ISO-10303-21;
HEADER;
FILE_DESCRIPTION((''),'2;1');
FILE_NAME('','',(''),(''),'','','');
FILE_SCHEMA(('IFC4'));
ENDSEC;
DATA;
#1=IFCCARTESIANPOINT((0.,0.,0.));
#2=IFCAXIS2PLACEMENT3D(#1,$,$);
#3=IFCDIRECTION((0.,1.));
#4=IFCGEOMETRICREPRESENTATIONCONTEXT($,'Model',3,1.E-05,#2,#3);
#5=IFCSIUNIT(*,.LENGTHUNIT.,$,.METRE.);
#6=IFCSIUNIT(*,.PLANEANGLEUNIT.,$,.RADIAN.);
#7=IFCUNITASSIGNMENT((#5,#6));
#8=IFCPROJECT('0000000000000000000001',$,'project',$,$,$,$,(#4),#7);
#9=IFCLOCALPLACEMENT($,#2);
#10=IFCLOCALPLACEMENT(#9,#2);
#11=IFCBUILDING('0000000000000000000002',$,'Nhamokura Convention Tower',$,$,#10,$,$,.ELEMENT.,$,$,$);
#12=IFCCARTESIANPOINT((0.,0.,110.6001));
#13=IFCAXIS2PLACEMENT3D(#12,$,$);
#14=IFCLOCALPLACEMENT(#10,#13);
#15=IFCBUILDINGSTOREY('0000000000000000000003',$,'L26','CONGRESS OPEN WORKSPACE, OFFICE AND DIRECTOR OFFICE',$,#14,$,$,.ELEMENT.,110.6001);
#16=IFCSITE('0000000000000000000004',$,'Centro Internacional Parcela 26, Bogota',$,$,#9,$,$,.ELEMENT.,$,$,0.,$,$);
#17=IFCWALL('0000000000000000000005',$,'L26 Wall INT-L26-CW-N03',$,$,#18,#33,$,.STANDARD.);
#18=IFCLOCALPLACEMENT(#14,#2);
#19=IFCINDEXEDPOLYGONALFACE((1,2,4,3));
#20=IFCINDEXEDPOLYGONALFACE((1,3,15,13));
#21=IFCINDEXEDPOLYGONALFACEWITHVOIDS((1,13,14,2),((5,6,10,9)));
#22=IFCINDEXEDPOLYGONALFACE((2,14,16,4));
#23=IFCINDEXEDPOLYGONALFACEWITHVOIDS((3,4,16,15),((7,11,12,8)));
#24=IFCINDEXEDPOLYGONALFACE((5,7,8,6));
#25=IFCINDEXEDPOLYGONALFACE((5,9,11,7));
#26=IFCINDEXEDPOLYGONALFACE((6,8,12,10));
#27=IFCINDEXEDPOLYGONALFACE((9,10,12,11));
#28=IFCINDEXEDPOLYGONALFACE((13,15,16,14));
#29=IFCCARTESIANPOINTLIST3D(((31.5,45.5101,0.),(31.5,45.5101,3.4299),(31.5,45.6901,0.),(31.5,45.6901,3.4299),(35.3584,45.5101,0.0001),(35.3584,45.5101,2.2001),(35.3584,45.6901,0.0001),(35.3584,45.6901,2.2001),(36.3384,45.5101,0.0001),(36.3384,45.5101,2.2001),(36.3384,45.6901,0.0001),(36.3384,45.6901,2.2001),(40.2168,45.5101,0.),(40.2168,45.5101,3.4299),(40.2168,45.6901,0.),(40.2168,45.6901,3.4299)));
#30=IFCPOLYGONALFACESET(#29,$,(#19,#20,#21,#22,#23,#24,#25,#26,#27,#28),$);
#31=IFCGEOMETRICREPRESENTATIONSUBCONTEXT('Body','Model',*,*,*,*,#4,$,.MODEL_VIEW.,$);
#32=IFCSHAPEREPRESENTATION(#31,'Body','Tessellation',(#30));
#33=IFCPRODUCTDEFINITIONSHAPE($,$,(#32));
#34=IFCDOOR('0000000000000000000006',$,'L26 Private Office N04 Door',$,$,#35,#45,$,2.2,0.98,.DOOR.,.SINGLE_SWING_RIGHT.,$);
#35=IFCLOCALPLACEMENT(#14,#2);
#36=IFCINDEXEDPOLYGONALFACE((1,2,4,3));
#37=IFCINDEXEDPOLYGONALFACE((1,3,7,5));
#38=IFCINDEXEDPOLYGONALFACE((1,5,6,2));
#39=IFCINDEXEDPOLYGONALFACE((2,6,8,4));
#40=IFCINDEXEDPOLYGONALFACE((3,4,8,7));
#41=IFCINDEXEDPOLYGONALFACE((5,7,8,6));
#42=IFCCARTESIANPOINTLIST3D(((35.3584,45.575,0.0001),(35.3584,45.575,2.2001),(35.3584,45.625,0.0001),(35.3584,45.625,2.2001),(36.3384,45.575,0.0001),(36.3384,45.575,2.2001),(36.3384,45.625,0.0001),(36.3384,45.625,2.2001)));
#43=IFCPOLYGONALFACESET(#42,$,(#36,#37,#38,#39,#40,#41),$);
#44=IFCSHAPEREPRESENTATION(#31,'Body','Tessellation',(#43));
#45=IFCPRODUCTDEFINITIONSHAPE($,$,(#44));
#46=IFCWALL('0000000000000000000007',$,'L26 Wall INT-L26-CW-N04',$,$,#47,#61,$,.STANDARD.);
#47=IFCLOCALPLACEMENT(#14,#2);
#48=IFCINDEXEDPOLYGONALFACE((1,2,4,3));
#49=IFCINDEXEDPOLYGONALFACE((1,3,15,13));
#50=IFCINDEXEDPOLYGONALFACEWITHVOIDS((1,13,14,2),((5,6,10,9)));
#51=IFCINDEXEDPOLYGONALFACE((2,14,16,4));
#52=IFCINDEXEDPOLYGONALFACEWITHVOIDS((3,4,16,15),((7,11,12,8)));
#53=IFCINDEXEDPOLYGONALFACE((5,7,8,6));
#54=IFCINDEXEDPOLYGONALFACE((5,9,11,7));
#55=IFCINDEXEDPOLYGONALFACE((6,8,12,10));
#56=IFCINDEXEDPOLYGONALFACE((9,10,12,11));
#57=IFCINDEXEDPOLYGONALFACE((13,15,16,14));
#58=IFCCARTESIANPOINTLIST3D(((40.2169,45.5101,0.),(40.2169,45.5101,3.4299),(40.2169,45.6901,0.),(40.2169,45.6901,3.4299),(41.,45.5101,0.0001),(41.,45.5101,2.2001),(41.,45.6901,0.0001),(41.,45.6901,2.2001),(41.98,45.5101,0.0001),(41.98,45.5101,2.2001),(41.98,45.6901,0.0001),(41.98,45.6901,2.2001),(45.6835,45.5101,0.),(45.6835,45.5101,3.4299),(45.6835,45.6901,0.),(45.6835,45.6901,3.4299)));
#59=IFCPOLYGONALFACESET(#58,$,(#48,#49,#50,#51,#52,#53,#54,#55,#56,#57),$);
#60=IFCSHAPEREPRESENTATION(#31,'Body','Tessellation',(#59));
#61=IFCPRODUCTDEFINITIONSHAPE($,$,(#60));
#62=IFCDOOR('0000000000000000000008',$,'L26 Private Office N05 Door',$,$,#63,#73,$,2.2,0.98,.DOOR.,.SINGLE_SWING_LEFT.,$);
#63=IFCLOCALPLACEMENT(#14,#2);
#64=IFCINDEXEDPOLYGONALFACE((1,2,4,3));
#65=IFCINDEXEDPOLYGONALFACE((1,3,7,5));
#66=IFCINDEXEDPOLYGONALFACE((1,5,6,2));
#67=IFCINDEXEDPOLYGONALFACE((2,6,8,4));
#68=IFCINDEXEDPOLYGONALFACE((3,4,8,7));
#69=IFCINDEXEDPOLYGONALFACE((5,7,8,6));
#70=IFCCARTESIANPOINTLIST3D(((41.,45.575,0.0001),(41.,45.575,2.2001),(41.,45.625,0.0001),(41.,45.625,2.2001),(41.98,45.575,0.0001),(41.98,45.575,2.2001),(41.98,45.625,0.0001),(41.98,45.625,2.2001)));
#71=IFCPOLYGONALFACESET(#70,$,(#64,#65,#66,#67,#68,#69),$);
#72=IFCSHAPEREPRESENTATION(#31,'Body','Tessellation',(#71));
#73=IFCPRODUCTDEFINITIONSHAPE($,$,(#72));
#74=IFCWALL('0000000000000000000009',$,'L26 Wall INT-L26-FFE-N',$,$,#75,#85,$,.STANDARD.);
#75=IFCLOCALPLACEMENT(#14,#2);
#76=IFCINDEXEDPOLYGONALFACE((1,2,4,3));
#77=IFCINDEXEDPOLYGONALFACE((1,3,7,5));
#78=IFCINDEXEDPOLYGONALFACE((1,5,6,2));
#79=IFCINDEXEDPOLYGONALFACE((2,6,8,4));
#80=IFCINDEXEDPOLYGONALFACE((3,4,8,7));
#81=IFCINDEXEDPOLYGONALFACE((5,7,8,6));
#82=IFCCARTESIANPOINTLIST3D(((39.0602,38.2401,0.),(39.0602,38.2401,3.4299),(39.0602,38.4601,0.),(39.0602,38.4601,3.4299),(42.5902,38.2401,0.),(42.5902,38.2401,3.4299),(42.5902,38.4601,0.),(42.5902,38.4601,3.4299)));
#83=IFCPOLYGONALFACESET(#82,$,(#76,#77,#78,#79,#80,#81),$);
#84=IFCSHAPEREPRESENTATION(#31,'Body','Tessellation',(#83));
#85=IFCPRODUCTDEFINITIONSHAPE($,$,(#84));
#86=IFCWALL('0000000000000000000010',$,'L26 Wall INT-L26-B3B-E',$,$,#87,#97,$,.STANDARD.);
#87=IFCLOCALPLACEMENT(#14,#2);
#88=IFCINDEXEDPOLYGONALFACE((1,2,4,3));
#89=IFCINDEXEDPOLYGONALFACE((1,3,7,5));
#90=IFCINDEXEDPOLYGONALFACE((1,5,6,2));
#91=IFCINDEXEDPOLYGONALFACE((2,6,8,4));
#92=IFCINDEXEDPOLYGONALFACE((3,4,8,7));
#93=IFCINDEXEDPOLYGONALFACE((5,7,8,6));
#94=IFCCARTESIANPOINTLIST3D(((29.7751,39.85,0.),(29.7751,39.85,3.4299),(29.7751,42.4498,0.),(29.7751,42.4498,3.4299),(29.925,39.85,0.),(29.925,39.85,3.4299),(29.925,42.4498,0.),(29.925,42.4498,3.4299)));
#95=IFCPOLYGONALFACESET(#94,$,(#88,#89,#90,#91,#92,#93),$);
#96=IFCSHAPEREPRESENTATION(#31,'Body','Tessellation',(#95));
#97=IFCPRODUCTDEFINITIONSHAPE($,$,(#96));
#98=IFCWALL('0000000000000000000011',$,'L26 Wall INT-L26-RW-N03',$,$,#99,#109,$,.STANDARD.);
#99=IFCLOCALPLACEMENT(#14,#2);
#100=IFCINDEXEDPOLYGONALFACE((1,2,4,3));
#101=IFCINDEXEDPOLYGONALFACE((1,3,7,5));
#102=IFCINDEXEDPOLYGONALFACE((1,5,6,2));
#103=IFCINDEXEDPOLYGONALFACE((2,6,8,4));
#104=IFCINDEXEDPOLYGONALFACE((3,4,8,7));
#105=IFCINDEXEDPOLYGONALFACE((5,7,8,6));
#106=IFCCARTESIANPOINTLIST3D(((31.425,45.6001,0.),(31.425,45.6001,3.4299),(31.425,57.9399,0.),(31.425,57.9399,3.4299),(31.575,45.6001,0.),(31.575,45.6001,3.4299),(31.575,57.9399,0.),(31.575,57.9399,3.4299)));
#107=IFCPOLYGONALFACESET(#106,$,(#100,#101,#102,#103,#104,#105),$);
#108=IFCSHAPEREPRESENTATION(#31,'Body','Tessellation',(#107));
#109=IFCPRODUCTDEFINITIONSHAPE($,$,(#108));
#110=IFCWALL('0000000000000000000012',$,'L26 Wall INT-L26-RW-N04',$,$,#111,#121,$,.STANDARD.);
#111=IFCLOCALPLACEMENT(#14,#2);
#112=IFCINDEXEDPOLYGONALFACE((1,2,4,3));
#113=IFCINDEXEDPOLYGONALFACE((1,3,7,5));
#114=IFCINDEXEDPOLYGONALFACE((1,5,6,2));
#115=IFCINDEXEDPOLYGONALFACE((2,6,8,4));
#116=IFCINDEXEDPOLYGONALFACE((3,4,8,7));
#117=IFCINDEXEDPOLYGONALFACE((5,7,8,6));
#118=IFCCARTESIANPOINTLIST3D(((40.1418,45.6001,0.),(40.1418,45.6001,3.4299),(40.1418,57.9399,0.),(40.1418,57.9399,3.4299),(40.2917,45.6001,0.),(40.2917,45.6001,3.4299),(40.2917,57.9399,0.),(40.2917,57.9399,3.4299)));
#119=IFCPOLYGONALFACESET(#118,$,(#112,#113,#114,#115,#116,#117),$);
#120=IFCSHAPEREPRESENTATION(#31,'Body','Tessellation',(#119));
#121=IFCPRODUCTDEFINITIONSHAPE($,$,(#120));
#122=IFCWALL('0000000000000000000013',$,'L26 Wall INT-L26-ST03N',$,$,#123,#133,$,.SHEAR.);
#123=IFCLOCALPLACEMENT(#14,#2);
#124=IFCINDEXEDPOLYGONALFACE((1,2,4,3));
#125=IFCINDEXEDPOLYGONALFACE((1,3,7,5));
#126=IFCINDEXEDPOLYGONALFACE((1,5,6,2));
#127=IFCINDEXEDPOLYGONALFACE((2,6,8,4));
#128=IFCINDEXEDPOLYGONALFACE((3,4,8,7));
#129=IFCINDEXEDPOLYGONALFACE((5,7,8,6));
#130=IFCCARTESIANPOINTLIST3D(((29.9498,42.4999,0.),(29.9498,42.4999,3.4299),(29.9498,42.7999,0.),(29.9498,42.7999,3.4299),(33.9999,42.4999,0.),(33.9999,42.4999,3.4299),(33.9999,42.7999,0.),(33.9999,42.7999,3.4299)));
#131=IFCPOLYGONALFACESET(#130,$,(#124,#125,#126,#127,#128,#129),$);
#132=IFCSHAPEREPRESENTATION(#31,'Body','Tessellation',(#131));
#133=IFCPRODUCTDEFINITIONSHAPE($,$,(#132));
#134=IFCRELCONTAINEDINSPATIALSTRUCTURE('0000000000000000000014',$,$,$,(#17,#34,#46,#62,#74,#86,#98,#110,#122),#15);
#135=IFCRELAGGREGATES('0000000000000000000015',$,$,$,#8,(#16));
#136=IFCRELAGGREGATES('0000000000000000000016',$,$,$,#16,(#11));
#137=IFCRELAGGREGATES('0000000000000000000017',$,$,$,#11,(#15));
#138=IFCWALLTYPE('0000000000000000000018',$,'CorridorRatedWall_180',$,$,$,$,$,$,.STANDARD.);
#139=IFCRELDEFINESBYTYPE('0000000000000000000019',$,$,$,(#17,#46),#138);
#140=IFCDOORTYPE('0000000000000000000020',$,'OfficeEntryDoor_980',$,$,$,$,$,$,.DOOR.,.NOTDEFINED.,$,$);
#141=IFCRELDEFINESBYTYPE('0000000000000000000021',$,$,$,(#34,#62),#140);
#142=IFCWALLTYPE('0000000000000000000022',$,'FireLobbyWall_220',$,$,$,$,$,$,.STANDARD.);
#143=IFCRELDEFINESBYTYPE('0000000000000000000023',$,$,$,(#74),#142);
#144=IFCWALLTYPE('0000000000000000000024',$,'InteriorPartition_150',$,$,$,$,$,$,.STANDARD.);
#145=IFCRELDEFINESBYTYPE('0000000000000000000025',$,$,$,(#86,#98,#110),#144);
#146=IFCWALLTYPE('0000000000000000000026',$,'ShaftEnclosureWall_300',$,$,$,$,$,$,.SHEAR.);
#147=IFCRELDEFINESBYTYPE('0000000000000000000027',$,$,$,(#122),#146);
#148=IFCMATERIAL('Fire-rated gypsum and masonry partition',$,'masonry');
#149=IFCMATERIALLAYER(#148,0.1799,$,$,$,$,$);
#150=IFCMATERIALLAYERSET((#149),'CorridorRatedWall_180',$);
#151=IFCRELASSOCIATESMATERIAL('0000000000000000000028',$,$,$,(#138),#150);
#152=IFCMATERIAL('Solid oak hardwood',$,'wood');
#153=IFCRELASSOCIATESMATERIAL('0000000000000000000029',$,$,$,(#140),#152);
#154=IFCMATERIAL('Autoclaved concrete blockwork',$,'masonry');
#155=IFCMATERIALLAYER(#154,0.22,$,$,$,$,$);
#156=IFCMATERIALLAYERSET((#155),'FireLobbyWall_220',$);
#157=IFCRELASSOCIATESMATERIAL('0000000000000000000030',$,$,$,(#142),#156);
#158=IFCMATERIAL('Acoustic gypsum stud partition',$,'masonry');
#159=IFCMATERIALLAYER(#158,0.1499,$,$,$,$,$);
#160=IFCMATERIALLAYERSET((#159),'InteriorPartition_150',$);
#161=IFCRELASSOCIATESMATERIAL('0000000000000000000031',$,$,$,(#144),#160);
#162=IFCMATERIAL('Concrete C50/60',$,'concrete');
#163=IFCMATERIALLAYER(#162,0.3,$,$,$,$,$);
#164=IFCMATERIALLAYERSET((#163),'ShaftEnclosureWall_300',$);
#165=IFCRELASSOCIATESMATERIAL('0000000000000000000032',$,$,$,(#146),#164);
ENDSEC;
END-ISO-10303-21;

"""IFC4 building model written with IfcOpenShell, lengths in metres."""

from ifc_helpers import new_model, si_unit, direction, frame, frame_2d, origin, place, context, subcontext, project, spatial, rectangle, extrude, material, layer, layer_set, type_object, element, fill, save


model = new_model("IFC4")

# Units and contexts
model_context = context("Model", 3, precision=1e-05, world=origin(), true_north=direction((0.0, 1.0)))
body_context = subcontext(model_context, "Body", "Model", "MODEL_VIEW")
ifc_project = project(units=[si_unit("LENGTHUNIT", "METRE"), si_unit("PLANEANGLEUNIT", "RADIAN")], contexts=[model_context])

# Site, building, storey
site_placement = place(None, origin())
site = spatial("IfcSite", under=ifc_project, at=site_placement, Name="Centro Internacional Parcela 26, Bogota", CompositionType="ELEMENT", RefElevation=0.0)
building_placement = place(site_placement, origin())
building = spatial("IfcBuilding", under=site, at=building_placement, Name="Nhamokura Convention Tower", CompositionType="ELEMENT")
storey_placement = place(building_placement, frame((0.0, 0.0, 110.6001)))
storey = spatial("IfcBuildingStorey", under=building, at=storey_placement, Name="L26", Description="CONGRESS OPEN WORKSPACE, OFFICE AND DIRECTOR OFFICE", CompositionType="ELEMENT", Elevation=110.6001)

# Walls, openings, doors
ifc_material_1 = material(Name="Fire-rated gypsum and masonry partition", Category="masonry")
ifc_layer_1 = layer(ifc_material_1, 0.1799)
ifc_layer_set_1 = layer_set([ifc_layer_1], Name="CorridorRatedWall_180")
wall_type_1 = type_object("IfcWallType", Name="CorridorRatedWall_180", PredefinedType="STANDARD", material=ifc_layer_set_1)
wall_1_placement = place(storey_placement, frame((31.5, 45.6001, 0.0), z_axis=(0.0, 0.0, 1.0), x_axis=(1.0, 0.0, 0.0)))
wall_1 = element("IfcWall", 1, at=wall_1_placement, inside=storey, type_object=wall_type_1, Name="L26 Wall INT-L26-CW-N03", PredefinedType="STANDARD", context=body_context, shape_type="SweptSolid", body=[
    extrude(rectangle(XDim=8.7168, YDim=0.1799, at=frame_2d((4.3584, 0.0))), origin(), (0.0, 0.0, 1.0), 3.4299),
])
opening_1_placement = place(wall_1_placement, frame((3.8584, 0.0, 0.0)))
opening_1 = element("IfcOpeningElement", 2, at=opening_1_placement, cuts=wall_1, PredefinedType="OPENING", context=body_context, shape_type="SweptSolid", body=[
    extrude(rectangle(XDim=0.98, YDim=2.2, at=frame_2d((0.49, 1.1001))), frame((0.0, 0.0999, 0.0), z_axis=(0.0, -1.0, 0.0), x_axis=(1.0, 0.0, 0.0)), (0.0, 0.0, 1.0), 0.2),
])
ifc_material_2 = material(Name="Solid oak hardwood", Category="wood")
door_type = type_object("IfcDoorType", Name="OfficeEntryDoor_980", OperationType="NOTDEFINED", PredefinedType="DOOR", material=ifc_material_2)
door_1_placement = place(opening_1_placement, origin())
door_1 = element("IfcDoor", 3, at=door_1_placement, inside=storey, type_object=door_type, Name="L26 Private Office N04 Door", OperationType="SINGLE_SWING_RIGHT", OverallHeight=2.2, OverallWidth=0.98, PredefinedType="DOOR", context=body_context, shape_type="SweptSolid", body=[
    extrude(rectangle(XDim=0.98, YDim=2.2, at=frame_2d((0.49, 1.1001))), frame((0.0, 0.0249, 0.0), z_axis=(0.0, -1.0, 0.0), x_axis=(1.0, 0.0, 0.0)), (0.0, 0.0, 1.0), 0.05),
])
fill(opening_1, door_1)
wall_2_placement = place(storey_placement, frame((40.2168, 45.6001, 0.0), z_axis=(0.0, 0.0, 1.0), x_axis=(1.0, 0.0, 0.0)))
wall_2 = element("IfcWall", 4, at=wall_2_placement, inside=storey, type_object=wall_type_1, Name="L26 Wall INT-L26-CW-N04", PredefinedType="STANDARD", context=body_context, shape_type="SweptSolid", body=[
    extrude(rectangle(XDim=5.4666, YDim=0.1799, at=frame_2d((2.7334, 0.0))), origin(), (0.0, 0.0, 1.0), 3.4299),
])
opening_2_placement = place(wall_2_placement, frame((0.7832, 0.0, 0.0)))
opening_2 = element("IfcOpeningElement", 5, at=opening_2_placement, cuts=wall_2, PredefinedType="OPENING", context=body_context, shape_type="SweptSolid", body=[
    extrude(rectangle(XDim=0.98, YDim=2.2, at=frame_2d((0.49, 1.1001))), frame((0.0, 0.0999, 0.0), z_axis=(0.0, -1.0, 0.0), x_axis=(1.0, 0.0, 0.0)), (0.0, 0.0, 1.0), 0.2),
])
door_2_placement = place(opening_2_placement, origin())
door_2 = element("IfcDoor", 6, at=door_2_placement, inside=storey, type_object=door_type, Name="L26 Private Office N05 Door", OperationType="SINGLE_SWING_LEFT", OverallHeight=2.2, OverallWidth=0.98, PredefinedType="DOOR", context=body_context, shape_type="SweptSolid", body=[
    extrude(rectangle(XDim=0.98, YDim=2.2, at=frame_2d((0.49, 1.1001))), frame((0.0, 0.0249, 0.0), z_axis=(0.0, -1.0, 0.0), x_axis=(1.0, 0.0, 0.0)), (0.0, 0.0, 1.0), 0.05),
])
fill(opening_2, door_2)

# Walls
ifc_material_3 = material(Name="Autoclaved concrete blockwork", Category="masonry")
ifc_layer_2 = layer(ifc_material_3, 0.22)
ifc_layer_set_2 = layer_set([ifc_layer_2], Name="FireLobbyWall_220")
wall_type_2 = type_object("IfcWallType", Name="FireLobbyWall_220", PredefinedType="STANDARD", material=ifc_layer_set_2)
wall_3_placement = place(storey_placement, frame((39.0601, 38.3501, 0.0), z_axis=(0.0, 0.0, 1.0), x_axis=(1.0, 0.0, 0.0)))
element("IfcWall", 7, at=wall_3_placement, inside=storey, type_object=wall_type_2, Name="L26 Wall INT-L26-FFE-N", PredefinedType="STANDARD", context=body_context, shape_type="SweptSolid", body=[
    extrude(rectangle(XDim=3.53, YDim=0.22, at=frame_2d((1.7651, 0.0))), origin(), (0.0, 0.0, 1.0), 3.4299),
])
ifc_material_4 = material(Name="Acoustic gypsum stud partition", Category="masonry")
ifc_layer_3 = layer(ifc_material_4, 0.1499)
ifc_layer_set_3 = layer_set([ifc_layer_3], Name="InteriorPartition_150")
wall_type_3 = type_object("IfcWallType", Name="InteriorPartition_150", PredefinedType="STANDARD", material=ifc_layer_set_3)
wall_4_placement = place(storey_placement, frame((29.8501, 39.8501, 0.0), z_axis=(0.0, 0.0, 1.0), x_axis=(0.0, 1.0, 0.0)))
element("IfcWall", 8, at=wall_4_placement, inside=storey, type_object=wall_type_3, Name="L26 Wall INT-L26-B3B-E", PredefinedType="STANDARD", context=body_context, shape_type="SweptSolid", body=[
    extrude(rectangle(XDim=2.5999, YDim=0.1499, at=frame_2d((1.2998, 0.0))), origin(), (0.0, 0.0, 1.0), 3.4299),
])
for number, where, z_axis, x_axis, name in (
    (9, (31.5, 45.6001, 0.0), (0.0, 0.0, 1.0), (0.0, 1.0, 0.0), "L26 Wall INT-L26-RW-N03"),
    (10, (40.2168, 45.6001, 0.0), (0.0, 0.0, 1.0), (0.0, 1.0, 0.0), "L26 Wall INT-L26-RW-N04"),
):
    element("IfcWall", number, at=place(storey_placement, frame(where, z_axis=z_axis, x_axis=x_axis)), inside=storey, type_object=wall_type_3, Name=name, PredefinedType="STANDARD", context=body_context, shape_type="SweptSolid", body=[
        extrude(rectangle(XDim=12.3398, YDim=0.1499, at=frame_2d((6.1699, 0.0))), origin(), (0.0, 0.0, 1.0), 3.4299),
    ])
ifc_material_5 = material(Name="Concrete C50/60", Category="concrete")
ifc_layer_4 = layer(ifc_material_5, 0.3)
ifc_layer_set_4 = layer_set([ifc_layer_4], Name="ShaftEnclosureWall_300")
wall_type_4 = type_object("IfcWallType", Name="ShaftEnclosureWall_300", PredefinedType="SHEAR", material=ifc_layer_set_4)
wall_5_placement = place(storey_placement, frame((29.95, 42.6499, 0.0), z_axis=(0.0, 0.0, 1.0), x_axis=(1.0, 0.0, 0.0)))
element("IfcWall", 11, at=wall_5_placement, inside=storey, type_object=wall_type_4, Name="L26 Wall INT-L26-ST03N", PredefinedType="SHEAR", context=body_context, shape_type="SweptSolid", body=[
    extrude(rectangle(XDim=4.05, YDim=0.3, at=frame_2d((2.0249, 0.0))), origin(), (0.0, 0.0, 1.0), 3.4299),
])

save(model, "model.ifc")
